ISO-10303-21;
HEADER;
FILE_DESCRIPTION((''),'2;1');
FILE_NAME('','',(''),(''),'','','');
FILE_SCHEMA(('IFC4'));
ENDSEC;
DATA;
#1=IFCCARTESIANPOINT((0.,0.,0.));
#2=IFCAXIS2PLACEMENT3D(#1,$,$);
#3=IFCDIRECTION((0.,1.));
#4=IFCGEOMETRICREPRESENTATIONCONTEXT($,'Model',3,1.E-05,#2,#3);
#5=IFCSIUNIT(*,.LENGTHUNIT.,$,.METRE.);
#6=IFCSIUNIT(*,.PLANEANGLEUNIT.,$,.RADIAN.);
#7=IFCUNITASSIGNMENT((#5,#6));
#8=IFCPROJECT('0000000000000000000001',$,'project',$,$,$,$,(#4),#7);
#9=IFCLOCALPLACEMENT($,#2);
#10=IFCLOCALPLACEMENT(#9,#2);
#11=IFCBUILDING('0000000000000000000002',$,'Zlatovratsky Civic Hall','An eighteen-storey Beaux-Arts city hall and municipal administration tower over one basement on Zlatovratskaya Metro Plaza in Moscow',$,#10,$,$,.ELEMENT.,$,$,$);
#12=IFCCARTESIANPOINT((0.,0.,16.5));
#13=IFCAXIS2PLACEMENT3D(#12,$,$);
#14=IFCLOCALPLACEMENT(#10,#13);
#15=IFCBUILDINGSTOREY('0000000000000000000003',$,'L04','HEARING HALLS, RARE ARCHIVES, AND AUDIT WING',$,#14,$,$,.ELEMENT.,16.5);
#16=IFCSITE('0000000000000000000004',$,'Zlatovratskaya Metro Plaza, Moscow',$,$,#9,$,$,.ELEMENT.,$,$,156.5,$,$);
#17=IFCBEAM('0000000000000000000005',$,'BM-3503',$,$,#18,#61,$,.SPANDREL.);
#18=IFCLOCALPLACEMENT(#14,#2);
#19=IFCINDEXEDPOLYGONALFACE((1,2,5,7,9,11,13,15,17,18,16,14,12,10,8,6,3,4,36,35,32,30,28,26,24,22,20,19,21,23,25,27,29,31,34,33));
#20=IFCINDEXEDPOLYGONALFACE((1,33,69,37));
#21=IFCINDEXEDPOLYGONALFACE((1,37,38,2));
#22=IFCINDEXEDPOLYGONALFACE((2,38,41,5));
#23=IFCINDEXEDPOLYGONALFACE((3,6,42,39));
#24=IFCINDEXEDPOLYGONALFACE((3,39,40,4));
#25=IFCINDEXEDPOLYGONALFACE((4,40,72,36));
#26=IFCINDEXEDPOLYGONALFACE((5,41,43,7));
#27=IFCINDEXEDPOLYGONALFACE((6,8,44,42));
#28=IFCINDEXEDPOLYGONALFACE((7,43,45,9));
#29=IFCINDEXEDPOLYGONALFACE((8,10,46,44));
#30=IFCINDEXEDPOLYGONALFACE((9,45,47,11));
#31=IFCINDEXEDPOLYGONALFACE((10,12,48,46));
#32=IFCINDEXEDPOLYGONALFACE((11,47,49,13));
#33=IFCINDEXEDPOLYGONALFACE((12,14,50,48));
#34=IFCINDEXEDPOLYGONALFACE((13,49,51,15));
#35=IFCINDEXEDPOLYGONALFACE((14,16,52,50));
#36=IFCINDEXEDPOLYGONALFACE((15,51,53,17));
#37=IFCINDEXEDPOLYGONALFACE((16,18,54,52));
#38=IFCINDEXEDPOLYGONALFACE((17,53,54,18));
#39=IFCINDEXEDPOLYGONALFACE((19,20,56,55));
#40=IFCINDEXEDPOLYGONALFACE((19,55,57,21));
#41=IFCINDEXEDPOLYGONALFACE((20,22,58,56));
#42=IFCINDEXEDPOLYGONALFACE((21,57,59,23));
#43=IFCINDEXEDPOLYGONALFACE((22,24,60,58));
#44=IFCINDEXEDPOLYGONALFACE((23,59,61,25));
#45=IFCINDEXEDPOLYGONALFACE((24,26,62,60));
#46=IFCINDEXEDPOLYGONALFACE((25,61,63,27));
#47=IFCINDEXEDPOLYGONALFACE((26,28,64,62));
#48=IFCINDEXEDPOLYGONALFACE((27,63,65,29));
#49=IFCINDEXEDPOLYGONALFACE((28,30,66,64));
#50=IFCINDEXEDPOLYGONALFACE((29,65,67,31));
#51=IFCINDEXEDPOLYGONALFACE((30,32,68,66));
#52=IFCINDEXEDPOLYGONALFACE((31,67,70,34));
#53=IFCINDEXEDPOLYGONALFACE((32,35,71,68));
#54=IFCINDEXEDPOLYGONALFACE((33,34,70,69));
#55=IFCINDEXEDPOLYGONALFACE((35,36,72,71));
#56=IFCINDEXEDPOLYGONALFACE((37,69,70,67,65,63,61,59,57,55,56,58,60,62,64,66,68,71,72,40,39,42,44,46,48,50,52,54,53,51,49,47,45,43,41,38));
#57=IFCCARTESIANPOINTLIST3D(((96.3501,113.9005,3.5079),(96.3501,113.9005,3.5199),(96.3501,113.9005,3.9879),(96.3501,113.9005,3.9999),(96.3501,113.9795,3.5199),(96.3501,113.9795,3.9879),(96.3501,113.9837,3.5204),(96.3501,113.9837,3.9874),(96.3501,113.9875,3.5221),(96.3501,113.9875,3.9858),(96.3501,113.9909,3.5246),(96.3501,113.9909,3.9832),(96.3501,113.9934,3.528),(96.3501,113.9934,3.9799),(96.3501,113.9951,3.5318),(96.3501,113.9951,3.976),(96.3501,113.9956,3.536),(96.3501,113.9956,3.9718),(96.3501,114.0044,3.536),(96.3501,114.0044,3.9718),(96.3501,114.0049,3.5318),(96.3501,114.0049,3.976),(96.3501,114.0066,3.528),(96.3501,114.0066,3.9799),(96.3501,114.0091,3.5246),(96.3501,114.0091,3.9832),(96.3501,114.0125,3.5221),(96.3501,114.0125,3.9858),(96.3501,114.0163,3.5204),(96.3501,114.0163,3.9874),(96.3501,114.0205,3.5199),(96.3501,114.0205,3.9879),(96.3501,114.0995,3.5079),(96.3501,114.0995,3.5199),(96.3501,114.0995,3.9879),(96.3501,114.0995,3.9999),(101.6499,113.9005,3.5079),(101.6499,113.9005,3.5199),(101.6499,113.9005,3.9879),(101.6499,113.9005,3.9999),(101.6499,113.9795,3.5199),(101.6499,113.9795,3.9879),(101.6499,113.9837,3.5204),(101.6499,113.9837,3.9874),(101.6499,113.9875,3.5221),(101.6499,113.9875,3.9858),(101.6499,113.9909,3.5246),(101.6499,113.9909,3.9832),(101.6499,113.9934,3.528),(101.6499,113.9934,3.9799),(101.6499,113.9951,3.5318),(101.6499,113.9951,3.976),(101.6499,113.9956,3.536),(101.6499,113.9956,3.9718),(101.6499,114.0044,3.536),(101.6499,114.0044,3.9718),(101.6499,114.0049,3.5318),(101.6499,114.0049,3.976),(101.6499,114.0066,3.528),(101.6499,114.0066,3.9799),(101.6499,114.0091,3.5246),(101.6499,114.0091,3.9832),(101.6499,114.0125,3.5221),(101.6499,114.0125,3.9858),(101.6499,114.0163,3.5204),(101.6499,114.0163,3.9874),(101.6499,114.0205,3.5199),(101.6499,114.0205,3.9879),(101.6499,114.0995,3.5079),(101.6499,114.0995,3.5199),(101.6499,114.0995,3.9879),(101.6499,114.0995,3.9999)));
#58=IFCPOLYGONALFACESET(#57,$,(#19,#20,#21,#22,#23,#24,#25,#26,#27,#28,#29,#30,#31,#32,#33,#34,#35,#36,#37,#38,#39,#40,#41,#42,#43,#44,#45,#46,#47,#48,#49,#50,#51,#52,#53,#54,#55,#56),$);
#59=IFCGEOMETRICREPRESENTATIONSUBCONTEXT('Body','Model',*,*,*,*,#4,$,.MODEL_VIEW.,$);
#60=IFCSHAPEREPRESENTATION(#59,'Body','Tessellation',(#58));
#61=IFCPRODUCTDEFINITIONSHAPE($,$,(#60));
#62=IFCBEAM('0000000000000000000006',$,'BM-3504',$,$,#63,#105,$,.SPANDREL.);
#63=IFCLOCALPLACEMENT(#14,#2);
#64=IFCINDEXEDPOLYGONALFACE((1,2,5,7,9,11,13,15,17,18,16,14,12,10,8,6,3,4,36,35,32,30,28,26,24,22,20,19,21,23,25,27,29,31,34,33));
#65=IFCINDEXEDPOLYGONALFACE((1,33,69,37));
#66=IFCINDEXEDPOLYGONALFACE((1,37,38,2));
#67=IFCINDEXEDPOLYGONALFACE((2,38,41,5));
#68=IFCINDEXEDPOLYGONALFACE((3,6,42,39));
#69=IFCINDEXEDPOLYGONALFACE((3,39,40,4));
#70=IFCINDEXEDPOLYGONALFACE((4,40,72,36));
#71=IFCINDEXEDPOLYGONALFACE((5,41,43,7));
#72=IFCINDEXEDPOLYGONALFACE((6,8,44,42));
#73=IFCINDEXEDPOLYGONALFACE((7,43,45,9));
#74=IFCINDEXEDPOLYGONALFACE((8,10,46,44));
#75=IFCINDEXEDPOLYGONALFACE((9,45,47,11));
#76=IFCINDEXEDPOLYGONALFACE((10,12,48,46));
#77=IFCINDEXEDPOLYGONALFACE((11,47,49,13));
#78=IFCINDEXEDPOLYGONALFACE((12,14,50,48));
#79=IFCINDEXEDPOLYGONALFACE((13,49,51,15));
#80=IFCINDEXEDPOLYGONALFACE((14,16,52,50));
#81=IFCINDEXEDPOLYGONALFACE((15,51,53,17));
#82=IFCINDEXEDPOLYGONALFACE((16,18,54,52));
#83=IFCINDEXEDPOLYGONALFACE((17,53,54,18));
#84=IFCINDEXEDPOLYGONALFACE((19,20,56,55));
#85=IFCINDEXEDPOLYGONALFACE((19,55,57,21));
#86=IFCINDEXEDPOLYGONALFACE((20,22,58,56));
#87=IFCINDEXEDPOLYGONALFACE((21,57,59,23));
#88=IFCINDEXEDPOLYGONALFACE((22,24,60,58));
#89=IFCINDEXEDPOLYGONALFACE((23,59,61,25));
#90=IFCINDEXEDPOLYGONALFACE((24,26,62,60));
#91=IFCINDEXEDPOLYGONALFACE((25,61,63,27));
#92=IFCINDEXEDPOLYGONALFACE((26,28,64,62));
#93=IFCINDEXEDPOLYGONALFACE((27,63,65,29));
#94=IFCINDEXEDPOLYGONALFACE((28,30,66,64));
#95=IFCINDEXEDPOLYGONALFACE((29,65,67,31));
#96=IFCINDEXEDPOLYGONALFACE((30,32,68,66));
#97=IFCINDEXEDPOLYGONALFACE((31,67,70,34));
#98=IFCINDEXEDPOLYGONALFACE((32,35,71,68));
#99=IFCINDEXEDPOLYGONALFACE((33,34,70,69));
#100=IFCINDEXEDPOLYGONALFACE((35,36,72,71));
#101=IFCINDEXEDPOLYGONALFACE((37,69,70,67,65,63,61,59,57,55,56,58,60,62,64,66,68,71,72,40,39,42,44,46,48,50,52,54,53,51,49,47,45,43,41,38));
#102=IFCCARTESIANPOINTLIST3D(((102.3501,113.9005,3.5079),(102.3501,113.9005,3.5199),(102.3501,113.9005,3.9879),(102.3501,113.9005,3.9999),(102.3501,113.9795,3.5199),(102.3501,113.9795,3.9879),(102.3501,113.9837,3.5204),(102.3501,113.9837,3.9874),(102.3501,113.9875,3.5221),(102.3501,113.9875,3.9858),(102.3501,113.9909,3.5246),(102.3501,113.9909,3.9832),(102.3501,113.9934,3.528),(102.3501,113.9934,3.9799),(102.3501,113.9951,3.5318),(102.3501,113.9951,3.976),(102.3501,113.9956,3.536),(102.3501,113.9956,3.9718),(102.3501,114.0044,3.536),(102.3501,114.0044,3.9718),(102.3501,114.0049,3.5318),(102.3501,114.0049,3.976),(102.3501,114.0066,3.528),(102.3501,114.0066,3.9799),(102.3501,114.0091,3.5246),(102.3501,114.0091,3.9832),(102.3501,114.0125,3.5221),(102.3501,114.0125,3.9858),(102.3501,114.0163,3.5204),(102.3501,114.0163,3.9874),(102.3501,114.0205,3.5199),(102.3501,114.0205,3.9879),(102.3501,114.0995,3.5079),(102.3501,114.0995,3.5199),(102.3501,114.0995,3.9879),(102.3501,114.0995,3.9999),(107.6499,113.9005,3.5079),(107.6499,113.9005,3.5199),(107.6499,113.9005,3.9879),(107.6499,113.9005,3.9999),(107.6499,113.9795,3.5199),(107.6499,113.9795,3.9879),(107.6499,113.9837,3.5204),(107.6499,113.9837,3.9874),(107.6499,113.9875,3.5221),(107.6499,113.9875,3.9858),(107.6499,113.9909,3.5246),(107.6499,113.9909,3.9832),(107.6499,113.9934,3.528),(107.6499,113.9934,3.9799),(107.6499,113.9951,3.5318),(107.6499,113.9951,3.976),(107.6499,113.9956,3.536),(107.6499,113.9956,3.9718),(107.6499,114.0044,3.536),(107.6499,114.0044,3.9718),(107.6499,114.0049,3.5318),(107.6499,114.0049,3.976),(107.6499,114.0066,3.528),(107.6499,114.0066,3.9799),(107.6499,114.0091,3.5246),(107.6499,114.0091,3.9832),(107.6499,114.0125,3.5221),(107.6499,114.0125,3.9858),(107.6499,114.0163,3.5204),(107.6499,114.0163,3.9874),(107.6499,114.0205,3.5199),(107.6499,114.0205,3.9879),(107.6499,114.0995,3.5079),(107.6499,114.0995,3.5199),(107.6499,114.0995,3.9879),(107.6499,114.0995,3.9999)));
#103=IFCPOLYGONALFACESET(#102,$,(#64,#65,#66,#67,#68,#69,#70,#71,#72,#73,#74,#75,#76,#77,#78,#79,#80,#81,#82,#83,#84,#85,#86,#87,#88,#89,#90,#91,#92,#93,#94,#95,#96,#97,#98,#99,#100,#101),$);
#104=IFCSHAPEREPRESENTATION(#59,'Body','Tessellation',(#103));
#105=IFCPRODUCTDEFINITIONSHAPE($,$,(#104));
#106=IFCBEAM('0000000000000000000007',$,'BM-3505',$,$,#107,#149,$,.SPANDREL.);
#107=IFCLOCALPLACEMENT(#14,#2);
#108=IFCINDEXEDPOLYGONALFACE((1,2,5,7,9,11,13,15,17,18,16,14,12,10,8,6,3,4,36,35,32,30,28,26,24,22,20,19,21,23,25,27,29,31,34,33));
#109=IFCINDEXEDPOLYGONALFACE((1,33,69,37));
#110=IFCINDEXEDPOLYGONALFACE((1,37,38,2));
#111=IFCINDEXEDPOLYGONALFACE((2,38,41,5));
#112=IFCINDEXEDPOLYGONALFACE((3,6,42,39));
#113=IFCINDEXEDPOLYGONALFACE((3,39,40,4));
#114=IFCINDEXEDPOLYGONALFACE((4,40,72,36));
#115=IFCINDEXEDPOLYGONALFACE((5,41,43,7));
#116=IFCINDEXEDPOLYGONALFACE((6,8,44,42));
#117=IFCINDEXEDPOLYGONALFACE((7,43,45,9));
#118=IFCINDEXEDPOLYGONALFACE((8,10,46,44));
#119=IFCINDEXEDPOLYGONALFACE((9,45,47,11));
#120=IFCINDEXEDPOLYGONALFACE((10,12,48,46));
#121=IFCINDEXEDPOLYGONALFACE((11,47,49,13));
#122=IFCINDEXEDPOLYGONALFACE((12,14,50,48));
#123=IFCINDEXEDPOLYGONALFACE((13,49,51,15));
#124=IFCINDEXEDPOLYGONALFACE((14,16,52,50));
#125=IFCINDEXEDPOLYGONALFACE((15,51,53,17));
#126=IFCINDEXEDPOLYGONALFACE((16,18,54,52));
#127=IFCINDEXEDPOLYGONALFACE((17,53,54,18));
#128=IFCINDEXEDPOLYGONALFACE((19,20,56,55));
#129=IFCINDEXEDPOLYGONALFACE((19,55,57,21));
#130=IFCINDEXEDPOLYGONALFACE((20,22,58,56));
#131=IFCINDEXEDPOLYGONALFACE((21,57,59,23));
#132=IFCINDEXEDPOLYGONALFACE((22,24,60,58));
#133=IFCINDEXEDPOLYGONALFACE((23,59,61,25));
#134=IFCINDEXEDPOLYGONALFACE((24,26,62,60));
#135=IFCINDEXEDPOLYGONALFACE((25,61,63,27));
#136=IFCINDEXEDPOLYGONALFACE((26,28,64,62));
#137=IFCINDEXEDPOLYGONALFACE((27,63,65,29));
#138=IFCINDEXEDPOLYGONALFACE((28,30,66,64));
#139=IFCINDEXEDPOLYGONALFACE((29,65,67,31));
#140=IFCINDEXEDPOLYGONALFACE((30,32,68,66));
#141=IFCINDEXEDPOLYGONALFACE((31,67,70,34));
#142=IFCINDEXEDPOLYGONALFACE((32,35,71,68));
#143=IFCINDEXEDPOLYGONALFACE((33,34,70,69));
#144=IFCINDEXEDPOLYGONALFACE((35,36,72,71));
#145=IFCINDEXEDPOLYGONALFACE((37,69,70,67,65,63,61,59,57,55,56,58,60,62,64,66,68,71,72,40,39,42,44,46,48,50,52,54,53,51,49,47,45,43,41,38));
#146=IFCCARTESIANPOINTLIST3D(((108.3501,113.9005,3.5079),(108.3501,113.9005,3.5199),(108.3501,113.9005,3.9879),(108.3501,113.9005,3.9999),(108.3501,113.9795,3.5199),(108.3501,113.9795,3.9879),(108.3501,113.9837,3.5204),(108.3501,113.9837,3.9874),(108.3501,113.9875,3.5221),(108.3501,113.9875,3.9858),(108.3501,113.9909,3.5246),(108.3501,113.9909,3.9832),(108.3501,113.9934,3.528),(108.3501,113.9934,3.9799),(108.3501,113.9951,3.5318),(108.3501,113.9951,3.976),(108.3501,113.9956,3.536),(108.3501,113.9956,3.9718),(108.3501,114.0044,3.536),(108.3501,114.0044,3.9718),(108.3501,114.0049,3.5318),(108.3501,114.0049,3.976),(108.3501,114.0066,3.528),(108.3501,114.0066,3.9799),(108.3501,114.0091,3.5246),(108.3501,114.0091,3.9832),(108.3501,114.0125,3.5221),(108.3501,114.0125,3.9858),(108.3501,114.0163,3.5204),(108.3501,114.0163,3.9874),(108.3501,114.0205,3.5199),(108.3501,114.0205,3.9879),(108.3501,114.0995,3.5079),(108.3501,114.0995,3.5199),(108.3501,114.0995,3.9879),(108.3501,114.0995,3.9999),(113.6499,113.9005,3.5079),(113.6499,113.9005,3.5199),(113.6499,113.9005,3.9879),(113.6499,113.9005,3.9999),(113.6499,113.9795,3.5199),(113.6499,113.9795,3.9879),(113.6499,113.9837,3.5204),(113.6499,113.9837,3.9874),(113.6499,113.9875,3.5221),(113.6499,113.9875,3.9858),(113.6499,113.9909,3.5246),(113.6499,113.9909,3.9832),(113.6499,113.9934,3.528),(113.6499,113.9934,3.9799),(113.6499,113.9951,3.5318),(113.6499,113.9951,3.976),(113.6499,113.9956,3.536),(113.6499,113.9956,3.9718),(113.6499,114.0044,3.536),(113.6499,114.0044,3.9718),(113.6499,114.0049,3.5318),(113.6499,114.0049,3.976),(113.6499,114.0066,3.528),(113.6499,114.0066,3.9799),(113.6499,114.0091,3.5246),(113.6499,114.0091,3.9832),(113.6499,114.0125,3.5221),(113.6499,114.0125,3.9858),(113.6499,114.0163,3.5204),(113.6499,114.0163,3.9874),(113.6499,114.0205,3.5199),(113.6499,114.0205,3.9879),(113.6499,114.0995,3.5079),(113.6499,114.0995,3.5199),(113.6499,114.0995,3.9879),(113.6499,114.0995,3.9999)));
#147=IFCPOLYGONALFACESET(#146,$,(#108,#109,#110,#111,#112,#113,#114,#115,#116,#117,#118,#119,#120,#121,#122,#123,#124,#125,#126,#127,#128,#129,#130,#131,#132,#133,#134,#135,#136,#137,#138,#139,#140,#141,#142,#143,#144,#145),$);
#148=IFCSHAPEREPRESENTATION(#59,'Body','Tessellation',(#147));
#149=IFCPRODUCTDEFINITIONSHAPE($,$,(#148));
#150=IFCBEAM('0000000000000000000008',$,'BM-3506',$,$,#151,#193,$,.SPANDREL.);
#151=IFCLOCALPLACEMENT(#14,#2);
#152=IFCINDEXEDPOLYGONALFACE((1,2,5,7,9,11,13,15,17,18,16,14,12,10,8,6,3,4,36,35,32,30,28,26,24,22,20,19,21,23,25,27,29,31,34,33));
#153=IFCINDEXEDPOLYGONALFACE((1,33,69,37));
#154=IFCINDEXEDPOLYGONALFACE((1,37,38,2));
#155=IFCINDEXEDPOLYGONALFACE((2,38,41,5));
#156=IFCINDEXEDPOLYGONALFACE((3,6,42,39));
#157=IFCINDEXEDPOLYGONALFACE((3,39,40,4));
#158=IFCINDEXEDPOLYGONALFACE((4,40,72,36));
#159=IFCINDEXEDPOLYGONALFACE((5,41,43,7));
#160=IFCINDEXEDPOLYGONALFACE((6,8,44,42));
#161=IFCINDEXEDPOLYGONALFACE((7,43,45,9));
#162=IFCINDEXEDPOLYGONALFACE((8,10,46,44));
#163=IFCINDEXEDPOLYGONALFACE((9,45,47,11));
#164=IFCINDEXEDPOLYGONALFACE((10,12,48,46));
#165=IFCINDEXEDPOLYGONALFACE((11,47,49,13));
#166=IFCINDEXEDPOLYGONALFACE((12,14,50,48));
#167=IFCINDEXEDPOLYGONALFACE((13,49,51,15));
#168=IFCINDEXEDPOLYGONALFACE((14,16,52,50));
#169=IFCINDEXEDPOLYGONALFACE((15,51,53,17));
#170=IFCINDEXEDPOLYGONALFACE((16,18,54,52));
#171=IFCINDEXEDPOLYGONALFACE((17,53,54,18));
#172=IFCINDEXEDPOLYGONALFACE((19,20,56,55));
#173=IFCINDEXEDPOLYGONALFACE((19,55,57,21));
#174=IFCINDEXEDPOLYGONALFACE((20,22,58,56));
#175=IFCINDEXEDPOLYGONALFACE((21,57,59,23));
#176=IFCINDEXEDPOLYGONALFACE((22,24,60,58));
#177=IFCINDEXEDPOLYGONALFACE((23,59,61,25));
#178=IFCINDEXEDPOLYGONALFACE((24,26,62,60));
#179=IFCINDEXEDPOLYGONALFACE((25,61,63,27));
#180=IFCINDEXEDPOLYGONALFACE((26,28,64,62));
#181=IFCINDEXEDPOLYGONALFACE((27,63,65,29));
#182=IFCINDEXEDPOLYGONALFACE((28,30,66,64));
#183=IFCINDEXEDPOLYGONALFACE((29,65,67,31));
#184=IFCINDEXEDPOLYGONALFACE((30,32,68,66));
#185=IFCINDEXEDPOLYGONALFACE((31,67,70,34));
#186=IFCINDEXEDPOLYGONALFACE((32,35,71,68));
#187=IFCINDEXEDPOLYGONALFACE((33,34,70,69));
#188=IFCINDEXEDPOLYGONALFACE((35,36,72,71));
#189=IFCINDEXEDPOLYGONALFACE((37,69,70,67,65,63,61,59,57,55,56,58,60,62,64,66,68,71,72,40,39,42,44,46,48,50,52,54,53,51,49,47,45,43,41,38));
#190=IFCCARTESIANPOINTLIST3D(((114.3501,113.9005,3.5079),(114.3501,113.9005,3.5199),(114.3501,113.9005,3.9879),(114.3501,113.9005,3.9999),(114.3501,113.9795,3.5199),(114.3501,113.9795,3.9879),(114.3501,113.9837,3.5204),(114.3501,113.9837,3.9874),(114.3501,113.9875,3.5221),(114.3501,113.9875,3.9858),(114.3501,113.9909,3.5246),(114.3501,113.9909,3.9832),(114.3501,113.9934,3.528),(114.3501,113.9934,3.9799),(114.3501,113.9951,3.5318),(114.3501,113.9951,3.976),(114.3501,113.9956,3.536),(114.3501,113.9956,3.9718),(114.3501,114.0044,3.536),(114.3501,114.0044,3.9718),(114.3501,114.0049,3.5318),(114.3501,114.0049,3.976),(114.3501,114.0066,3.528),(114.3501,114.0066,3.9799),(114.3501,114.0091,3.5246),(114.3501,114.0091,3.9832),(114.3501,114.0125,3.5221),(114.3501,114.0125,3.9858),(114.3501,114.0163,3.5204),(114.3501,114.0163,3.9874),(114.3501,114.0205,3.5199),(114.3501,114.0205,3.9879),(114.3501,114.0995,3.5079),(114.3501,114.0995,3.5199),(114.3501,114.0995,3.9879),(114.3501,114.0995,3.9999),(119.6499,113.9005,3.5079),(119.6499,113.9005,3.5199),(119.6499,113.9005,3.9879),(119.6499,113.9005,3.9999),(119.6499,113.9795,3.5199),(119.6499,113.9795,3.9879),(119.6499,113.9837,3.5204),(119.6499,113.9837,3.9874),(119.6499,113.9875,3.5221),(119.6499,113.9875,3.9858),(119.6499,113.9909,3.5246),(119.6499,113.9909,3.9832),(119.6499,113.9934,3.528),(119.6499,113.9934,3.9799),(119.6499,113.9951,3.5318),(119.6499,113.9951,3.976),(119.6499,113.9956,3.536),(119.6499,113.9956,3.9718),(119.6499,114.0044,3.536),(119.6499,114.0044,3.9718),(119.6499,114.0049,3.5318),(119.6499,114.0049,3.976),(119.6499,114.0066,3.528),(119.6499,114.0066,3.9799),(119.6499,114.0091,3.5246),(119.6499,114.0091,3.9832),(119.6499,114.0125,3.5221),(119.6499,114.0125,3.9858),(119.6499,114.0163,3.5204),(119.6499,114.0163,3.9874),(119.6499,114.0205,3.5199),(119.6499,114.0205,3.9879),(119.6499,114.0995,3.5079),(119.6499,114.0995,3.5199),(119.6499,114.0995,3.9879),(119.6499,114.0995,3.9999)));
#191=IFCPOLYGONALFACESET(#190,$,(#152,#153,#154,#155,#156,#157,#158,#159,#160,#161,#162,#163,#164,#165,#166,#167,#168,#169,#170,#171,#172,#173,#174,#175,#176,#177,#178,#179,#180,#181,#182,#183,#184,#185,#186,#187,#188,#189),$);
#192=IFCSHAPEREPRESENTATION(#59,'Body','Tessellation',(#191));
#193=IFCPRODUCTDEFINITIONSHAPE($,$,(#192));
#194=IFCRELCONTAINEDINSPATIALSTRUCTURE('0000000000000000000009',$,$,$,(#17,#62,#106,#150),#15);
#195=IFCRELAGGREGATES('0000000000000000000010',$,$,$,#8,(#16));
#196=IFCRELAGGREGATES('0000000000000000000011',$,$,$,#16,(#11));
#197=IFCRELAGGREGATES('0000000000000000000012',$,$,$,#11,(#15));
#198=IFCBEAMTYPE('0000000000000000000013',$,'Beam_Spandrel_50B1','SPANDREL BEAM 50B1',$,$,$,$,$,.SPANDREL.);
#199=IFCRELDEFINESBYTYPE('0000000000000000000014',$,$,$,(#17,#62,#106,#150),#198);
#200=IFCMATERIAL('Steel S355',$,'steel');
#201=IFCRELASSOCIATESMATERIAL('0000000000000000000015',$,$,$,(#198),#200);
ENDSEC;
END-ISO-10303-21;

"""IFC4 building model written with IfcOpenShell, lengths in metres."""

from ifc_helpers import new_model, si_unit, direction, frame, origin, origin_2d, place, context, subcontext, project, spatial, i_section, extrude, material, material_profile, profile_set, type_object, element, save


model = new_model("IFC4")

# Units and contexts
model_context = context("Model", 3, precision=1e-05, world=origin(), true_north=direction((0.0, 1.0)))
body_context = subcontext(model_context, "Body", "Model", "MODEL_VIEW")
ifc_project = project(units=[si_unit("LENGTHUNIT", "METRE"), si_unit("PLANEANGLEUNIT", "RADIAN")], contexts=[model_context])

# Site, building, storey
site_placement = place(None, origin())
site = spatial("IfcSite", under=ifc_project, at=site_placement, Name="Zlatovratskaya Metro Plaza, Moscow", CompositionType="ELEMENT", RefElevation=156.5)
building_placement = place(site_placement, origin())
building = spatial("IfcBuilding", under=site, at=building_placement, Name="Zlatovratsky Civic Hall", Description="An eighteen-storey Beaux-Arts city hall and municipal administration tower over one basement on Zlatovratskaya Metro Plaza in Moscow", CompositionType="ELEMENT")
storey_placement = place(building_placement, frame((0.0, 0.0, 16.5)))
storey = spatial("IfcBuildingStorey", under=building, at=storey_placement, Name="L04", Description="HEARING HALLS, RARE ARCHIVES, AND AUDIT WING", CompositionType="ELEMENT", Elevation=16.5)

# Shared definitions
ifc_material_1 = material(Name="Steel S355", Category="steel")

# Beams
ifc_material_profile_1 = material_profile(ifc_material_1, i_section(OverallWidth=0.199, OverallDepth=0.4919, WebThickness=0.0088, FlangeThickness=0.012, FilletRadius=0.0161, at=origin_2d()), Name="50B1")
ifc_profile_set_1 = profile_set([ifc_material_profile_1], Name="Steel S355")
beam_type_1 = type_object("IfcBeamType", Name="Beam_Spandrel_50B1", Description="SPANDREL BEAM 50B1", PredefinedType="SPANDREL", material=ifc_profile_set_1)
for number, where, z_axis, x_axis, name in (
    (1, (96.3501, 114.0, 3.7539), (1.0, 0.0, 0.0), (0.0, 1.0, 0.0), "BM-3503"),
    (2, (102.3501, 114.0, 3.7539), (1.0, 0.0, 0.0), (0.0, 1.0, 0.0), "BM-3504"),
    (3, (108.3501, 114.0, 3.7539), (1.0, 0.0, 0.0), (0.0, 1.0, 0.0), "BM-3505"),
    (4, (114.3501, 114.0, 3.7539), (1.0, 0.0, 0.0), (0.0, 1.0, 0.0), "BM-3506"),
):
    element("IfcBeam", number, at=place(storey_placement, frame(where, z_axis=z_axis, x_axis=x_axis)), inside=storey, type_object=beam_type_1, Name=name, PredefinedType="SPANDREL", context=body_context, shape_type="SweptSolid", body=[
        extrude(i_section(OverallWidth=0.199, OverallDepth=0.4919, WebThickness=0.0088, FlangeThickness=0.012, FilletRadius=0.0161, at=origin_2d()), origin(), (0.0, 0.0, 1.0), 5.2998),
    ])

save(model, "model.ifc")
